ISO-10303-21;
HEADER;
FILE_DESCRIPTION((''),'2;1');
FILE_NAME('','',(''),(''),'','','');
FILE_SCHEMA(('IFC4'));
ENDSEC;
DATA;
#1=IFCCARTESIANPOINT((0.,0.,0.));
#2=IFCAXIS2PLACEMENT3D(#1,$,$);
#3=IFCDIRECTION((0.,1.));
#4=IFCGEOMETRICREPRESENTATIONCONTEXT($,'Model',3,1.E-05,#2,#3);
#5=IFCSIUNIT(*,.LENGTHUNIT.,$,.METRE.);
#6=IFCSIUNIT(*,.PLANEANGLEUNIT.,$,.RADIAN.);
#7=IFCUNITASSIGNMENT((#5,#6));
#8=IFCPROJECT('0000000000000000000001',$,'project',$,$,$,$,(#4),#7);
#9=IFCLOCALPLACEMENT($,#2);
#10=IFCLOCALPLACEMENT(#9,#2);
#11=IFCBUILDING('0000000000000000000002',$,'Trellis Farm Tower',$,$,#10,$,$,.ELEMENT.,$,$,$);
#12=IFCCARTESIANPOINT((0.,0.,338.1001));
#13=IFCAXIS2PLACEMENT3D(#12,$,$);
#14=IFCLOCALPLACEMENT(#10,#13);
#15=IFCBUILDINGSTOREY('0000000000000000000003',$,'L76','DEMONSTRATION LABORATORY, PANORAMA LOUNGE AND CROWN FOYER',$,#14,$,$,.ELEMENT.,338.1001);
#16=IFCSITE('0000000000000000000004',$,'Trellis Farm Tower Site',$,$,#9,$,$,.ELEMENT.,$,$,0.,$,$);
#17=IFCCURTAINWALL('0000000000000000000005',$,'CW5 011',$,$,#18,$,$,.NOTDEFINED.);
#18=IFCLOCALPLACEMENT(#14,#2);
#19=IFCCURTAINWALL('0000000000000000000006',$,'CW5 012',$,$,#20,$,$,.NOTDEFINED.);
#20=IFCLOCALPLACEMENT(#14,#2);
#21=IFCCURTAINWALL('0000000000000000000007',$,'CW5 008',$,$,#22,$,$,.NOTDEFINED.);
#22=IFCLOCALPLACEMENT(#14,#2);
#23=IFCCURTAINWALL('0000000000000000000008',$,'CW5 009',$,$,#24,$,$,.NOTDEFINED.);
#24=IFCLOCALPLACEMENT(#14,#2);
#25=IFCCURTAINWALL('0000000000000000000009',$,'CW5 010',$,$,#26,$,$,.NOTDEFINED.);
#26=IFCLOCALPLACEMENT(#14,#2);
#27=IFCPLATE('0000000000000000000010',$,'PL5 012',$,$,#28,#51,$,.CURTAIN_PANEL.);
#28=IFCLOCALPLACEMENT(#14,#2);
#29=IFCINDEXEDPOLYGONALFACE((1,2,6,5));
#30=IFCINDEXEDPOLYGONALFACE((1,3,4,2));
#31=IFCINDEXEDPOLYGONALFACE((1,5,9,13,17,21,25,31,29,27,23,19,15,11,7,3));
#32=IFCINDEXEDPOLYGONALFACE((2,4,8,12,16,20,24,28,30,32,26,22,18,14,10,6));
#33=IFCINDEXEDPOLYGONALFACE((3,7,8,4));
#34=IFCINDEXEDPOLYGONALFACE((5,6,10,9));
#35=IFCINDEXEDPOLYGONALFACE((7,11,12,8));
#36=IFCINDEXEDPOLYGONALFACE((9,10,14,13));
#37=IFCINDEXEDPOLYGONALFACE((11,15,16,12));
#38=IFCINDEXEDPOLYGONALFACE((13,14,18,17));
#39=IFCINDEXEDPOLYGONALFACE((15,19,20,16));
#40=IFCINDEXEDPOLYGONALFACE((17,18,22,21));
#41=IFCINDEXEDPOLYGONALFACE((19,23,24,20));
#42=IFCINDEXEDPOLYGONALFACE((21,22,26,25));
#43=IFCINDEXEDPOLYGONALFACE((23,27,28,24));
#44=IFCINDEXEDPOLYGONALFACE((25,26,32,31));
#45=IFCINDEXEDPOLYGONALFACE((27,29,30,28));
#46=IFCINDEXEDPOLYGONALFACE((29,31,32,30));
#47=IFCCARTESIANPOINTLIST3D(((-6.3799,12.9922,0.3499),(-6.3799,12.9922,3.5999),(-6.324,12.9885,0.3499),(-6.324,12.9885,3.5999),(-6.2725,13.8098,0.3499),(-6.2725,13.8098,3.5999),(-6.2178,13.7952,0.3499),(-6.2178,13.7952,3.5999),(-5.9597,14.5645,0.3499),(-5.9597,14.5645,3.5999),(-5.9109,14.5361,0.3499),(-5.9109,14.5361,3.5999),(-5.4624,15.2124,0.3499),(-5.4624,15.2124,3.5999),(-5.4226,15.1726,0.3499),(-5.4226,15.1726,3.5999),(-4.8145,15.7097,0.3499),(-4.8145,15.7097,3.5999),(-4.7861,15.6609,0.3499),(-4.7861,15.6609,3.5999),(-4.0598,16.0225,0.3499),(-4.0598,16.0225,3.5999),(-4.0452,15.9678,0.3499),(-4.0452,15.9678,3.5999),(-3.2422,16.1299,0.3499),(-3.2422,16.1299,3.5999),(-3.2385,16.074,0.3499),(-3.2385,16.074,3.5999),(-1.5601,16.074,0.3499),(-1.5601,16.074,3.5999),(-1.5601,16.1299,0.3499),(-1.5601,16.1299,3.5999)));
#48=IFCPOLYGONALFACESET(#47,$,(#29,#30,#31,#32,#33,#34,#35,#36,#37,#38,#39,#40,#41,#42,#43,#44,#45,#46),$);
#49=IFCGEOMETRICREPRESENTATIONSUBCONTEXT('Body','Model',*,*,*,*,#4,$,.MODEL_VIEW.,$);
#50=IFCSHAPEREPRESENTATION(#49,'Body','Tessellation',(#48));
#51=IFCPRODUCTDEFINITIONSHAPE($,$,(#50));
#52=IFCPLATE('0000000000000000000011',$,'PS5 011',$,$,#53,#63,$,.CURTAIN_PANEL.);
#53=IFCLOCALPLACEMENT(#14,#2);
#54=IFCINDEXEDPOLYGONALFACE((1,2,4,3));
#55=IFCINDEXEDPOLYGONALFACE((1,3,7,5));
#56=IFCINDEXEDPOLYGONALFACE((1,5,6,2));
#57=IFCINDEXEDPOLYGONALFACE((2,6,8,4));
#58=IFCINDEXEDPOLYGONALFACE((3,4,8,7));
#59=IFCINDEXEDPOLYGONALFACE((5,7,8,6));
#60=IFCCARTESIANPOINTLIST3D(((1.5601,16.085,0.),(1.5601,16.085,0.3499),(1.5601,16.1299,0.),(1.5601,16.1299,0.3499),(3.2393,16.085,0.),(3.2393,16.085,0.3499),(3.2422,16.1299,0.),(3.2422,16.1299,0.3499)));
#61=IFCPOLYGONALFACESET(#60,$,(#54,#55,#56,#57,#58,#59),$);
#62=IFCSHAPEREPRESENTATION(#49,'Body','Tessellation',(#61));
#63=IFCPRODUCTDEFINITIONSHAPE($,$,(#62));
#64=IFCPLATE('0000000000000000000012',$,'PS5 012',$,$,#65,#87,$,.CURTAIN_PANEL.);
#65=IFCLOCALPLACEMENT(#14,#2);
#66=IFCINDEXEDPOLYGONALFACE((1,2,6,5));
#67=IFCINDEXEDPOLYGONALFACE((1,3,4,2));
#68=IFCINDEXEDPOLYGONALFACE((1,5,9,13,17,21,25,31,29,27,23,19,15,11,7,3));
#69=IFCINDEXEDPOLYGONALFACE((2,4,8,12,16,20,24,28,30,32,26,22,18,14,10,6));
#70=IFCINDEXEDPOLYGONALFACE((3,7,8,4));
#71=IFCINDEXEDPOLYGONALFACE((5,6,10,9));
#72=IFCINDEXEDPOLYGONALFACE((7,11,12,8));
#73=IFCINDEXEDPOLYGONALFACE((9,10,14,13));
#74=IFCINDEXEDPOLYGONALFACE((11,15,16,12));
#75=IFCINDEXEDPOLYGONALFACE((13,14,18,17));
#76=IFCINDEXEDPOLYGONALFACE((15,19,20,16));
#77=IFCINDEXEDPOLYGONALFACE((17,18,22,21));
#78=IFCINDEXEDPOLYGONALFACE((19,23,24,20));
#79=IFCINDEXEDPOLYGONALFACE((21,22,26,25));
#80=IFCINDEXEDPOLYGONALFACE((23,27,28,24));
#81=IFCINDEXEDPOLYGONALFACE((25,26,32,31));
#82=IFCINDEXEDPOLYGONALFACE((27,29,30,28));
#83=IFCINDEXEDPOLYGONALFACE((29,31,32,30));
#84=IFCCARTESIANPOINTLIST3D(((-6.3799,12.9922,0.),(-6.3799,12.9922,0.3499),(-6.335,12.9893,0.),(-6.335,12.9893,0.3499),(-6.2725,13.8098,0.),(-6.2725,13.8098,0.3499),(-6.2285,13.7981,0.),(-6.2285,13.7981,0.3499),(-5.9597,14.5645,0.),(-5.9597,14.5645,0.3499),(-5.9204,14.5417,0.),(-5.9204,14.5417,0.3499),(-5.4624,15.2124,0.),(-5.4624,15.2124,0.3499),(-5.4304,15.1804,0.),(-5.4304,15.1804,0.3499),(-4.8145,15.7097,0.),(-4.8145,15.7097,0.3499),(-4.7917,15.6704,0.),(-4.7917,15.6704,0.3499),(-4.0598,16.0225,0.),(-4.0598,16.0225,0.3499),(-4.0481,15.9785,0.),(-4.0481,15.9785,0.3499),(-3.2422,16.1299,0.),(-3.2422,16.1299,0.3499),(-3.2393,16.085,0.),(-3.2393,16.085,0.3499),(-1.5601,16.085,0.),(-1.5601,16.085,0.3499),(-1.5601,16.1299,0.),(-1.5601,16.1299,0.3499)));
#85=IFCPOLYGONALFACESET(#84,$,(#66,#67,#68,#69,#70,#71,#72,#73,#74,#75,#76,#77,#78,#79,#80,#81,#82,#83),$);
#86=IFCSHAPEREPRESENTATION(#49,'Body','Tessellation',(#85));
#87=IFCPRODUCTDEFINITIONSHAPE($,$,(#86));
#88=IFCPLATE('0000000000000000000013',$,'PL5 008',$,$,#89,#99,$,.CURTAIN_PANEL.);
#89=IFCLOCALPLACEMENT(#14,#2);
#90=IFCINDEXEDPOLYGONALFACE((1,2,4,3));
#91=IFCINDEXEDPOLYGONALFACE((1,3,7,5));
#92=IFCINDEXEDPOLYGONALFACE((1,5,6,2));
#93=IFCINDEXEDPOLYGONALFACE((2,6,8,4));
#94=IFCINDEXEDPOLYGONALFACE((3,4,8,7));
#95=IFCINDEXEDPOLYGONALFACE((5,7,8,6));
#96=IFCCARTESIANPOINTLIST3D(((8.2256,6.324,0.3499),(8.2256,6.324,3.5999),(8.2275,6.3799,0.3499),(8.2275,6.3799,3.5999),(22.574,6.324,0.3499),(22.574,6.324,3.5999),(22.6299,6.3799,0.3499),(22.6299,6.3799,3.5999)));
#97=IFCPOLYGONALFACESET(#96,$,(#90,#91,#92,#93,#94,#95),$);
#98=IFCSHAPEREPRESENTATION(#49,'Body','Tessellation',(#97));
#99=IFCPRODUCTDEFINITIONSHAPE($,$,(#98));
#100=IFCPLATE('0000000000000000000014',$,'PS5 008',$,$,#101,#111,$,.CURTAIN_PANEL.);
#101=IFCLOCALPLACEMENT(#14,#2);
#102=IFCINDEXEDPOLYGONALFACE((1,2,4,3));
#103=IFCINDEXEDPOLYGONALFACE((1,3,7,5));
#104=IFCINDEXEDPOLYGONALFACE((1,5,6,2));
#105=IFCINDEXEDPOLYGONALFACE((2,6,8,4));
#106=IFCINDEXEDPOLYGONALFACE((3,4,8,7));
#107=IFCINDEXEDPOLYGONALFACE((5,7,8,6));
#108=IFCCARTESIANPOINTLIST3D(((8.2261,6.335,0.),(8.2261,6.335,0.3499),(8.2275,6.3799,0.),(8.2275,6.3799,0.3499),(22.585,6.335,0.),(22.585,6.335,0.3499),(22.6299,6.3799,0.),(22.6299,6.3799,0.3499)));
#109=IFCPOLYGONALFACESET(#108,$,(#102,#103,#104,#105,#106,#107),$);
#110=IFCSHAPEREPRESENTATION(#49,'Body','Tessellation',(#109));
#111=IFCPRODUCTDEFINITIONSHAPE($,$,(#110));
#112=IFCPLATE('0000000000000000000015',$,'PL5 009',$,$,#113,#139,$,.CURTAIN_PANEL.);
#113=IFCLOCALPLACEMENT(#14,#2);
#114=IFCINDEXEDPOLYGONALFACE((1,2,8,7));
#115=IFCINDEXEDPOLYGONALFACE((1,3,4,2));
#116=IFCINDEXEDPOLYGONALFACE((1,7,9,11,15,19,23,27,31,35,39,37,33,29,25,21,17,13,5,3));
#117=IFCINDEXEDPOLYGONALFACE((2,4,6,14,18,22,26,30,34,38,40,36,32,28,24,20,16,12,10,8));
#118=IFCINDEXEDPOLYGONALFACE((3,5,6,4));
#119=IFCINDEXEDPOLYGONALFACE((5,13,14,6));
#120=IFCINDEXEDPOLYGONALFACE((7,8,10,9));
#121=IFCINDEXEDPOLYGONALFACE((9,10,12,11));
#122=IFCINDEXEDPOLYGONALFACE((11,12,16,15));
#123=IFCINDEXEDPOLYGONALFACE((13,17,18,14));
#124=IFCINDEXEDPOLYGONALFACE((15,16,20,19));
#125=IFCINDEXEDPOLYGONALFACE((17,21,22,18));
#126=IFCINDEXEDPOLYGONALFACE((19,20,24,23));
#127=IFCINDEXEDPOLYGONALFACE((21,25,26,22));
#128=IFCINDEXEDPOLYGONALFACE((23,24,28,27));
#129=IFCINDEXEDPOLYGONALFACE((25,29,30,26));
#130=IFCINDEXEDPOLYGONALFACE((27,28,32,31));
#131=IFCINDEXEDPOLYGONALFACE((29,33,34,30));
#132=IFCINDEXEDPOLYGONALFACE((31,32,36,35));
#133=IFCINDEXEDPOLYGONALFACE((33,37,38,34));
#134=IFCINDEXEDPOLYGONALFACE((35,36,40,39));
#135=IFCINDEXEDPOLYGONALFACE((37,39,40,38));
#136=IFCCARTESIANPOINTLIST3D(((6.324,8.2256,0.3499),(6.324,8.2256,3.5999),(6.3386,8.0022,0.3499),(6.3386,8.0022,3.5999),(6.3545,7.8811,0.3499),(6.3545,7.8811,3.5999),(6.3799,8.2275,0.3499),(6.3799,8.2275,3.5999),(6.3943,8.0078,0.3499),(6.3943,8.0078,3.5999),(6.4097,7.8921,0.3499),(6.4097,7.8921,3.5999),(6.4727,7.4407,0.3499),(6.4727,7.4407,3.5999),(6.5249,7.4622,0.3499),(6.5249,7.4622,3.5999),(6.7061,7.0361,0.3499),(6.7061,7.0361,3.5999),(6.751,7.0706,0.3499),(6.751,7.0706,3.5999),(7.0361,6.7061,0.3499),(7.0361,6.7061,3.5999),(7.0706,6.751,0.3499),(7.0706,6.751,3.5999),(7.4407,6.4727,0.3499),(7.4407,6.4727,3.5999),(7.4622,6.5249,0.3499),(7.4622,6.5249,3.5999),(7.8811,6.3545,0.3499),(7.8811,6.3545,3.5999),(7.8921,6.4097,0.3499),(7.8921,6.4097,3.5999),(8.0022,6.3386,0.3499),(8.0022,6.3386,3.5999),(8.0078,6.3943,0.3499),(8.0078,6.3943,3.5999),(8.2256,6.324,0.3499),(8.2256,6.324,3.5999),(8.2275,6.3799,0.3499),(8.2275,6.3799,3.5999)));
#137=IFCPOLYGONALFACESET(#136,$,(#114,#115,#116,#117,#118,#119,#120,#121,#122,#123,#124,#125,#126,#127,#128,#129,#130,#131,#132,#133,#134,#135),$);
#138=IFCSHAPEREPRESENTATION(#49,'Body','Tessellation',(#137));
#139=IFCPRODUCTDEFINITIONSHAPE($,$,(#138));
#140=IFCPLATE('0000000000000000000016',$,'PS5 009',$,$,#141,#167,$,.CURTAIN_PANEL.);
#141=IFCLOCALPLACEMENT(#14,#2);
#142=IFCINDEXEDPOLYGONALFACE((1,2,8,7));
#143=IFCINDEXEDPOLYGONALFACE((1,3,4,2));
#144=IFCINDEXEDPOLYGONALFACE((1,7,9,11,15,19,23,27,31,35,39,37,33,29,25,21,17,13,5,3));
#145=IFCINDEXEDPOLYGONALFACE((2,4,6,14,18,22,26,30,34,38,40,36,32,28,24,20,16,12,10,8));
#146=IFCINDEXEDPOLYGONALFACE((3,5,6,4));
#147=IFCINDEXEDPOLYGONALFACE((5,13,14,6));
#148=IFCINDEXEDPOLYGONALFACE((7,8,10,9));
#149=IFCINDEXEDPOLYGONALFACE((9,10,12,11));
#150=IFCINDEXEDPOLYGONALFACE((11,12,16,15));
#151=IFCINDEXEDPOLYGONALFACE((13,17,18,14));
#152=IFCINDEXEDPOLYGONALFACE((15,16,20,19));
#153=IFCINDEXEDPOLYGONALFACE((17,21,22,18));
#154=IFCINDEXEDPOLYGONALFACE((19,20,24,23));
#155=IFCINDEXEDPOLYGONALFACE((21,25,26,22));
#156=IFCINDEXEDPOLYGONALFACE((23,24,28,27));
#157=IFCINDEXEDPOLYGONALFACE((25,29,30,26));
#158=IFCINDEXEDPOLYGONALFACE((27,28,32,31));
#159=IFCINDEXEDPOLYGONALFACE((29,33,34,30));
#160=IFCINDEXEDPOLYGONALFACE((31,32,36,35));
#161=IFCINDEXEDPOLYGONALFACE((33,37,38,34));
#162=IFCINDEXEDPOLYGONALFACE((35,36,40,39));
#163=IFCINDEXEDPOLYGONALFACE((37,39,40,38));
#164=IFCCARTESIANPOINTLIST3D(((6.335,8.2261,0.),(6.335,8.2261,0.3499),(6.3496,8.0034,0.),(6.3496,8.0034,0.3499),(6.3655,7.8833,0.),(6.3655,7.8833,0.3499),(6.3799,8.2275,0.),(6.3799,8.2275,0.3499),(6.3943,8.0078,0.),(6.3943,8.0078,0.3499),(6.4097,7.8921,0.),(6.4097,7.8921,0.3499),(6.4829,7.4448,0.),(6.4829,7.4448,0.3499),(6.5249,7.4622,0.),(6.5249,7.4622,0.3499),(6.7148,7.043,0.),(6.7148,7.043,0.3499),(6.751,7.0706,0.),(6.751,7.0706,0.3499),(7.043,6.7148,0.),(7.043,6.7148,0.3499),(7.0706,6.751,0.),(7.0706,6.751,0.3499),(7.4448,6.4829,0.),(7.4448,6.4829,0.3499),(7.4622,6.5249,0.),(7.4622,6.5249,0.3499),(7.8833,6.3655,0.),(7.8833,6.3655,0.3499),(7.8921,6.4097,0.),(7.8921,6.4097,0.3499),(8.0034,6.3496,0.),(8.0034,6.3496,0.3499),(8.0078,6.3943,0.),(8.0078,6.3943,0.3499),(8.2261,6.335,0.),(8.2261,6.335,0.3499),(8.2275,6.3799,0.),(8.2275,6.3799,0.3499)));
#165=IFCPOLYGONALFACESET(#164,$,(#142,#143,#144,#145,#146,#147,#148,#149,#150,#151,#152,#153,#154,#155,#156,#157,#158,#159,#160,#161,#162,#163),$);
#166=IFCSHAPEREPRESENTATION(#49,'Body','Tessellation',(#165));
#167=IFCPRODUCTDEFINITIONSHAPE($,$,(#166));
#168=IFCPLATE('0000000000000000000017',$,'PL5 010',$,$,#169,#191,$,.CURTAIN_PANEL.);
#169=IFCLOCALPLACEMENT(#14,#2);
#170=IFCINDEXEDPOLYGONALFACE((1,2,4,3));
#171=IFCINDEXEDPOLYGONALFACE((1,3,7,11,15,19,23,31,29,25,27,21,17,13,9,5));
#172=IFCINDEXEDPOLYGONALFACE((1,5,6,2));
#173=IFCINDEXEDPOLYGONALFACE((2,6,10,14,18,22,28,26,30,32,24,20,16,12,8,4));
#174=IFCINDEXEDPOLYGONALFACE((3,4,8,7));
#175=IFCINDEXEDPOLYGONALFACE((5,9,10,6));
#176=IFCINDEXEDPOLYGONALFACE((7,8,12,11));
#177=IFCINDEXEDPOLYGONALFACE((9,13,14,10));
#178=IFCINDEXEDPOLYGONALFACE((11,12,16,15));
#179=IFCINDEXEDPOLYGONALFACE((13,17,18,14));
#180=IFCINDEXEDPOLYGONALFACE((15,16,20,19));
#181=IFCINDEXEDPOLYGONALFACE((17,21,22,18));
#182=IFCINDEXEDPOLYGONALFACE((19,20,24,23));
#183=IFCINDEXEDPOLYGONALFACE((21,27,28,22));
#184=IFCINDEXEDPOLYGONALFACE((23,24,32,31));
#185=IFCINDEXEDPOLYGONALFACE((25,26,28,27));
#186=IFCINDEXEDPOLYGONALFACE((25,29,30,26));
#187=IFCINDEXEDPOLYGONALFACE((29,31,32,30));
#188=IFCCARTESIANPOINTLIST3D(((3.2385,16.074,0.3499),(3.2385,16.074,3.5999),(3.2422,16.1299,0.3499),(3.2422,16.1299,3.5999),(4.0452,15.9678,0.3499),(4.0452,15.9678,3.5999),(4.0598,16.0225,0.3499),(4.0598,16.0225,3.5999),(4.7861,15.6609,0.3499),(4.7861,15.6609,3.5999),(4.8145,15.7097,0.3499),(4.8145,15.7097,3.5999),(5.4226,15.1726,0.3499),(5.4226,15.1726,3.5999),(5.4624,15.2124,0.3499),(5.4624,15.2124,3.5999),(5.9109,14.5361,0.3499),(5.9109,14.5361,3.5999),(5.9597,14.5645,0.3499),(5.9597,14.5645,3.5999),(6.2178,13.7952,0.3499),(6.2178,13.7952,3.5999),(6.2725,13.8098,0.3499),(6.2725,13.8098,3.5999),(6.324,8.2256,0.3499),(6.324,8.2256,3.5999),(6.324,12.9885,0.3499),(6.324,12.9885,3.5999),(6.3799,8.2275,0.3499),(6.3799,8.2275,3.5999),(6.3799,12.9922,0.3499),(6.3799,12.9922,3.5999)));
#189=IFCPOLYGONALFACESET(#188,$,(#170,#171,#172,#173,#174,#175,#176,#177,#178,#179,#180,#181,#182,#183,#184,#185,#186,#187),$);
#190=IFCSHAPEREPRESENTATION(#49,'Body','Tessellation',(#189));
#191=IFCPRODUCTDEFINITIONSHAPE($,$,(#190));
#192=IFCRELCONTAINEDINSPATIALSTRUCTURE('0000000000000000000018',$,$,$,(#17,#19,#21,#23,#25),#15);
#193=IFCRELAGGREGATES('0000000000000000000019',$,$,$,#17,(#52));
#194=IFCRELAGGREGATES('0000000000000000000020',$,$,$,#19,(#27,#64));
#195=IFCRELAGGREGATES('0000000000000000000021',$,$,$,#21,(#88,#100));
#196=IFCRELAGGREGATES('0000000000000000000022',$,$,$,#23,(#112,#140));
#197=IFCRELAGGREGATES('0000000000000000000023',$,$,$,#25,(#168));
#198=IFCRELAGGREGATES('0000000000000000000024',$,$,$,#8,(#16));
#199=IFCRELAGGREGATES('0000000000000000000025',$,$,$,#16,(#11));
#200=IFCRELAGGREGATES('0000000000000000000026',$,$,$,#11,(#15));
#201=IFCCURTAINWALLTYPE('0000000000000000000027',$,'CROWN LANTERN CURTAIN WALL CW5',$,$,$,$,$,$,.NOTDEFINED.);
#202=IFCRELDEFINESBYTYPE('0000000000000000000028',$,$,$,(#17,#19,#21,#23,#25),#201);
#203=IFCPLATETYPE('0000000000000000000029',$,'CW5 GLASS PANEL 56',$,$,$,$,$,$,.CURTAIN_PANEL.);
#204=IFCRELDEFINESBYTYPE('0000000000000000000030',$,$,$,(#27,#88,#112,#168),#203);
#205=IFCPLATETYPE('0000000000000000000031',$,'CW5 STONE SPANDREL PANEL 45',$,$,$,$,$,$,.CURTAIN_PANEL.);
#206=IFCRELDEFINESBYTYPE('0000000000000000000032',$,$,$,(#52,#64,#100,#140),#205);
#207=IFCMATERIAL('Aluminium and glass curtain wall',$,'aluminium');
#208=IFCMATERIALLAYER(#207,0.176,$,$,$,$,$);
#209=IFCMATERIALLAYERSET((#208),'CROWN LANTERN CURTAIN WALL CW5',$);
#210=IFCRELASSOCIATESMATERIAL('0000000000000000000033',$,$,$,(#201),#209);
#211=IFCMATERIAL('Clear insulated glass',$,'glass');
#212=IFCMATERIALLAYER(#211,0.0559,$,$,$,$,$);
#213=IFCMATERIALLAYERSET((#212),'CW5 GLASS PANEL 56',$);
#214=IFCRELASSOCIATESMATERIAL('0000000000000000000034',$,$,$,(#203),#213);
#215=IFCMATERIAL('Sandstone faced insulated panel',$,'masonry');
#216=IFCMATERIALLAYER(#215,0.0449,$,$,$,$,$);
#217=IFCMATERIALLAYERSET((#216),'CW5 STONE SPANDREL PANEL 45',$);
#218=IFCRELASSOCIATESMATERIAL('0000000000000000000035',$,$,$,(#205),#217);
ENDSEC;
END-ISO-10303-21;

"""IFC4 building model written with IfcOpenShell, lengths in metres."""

from ifc_helpers import new_model, si_unit, direction, frame, origin, place, context, subcontext, project, spatial, polyline, outline, extrude, source, transform, mapped, material, layer, layer_set, type_object, element, aggregate, save


model = new_model("IFC4")

# Units and contexts
model_context = context("Model", 3, precision=1e-05, world=origin(), true_north=direction((0.0, 1.0)))
body_context = subcontext(model_context, "Body", "Model", "MODEL_VIEW")
ifc_project = project(units=[si_unit("LENGTHUNIT", "METRE"), si_unit("PLANEANGLEUNIT", "RADIAN")], contexts=[model_context])

# Site, building, storey
site_placement = place(None, origin())
site = spatial("IfcSite", under=ifc_project, at=site_placement, Name="Trellis Farm Tower Site", CompositionType="ELEMENT", RefElevation=0.0)
building_placement = place(site_placement, origin())
building = spatial("IfcBuilding", under=site, at=building_placement, Name="Trellis Farm Tower", CompositionType="ELEMENT")
storey_placement = place(building_placement, frame((0.0, 0.0, 338.1001)))
storey = spatial("IfcBuildingStorey", under=building, at=storey_placement, Name="L76", Description="DEMONSTRATION LABORATORY, PANORAMA LOUNGE AND CROWN FOYER", CompositionType="ELEMENT", Elevation=338.1001)

# Curtain walls
ifc_material_1 = material(Name="Aluminium and glass curtain wall", Category="aluminium")
ifc_layer_1 = layer(ifc_material_1, 0.176)
ifc_layer_set_1 = layer_set([ifc_layer_1], Name="CROWN LANTERN CURTAIN WALL CW5")
curtain_wall_type = type_object("IfcCurtainWallType", Name="CROWN LANTERN CURTAIN WALL CW5", PredefinedType="NOTDEFINED", material=ifc_layer_set_1)
placement_1 = place(storey_placement, origin())
curtain_wall_1 = element("IfcCurtainWall", 1, at=placement_1, inside=storey, type_object=curtain_wall_type, Name="CW5 011", PredefinedType="NOTDEFINED")
curtain_wall_2 = element("IfcCurtainWall", 2, at=placement_1, inside=storey, type_object=curtain_wall_type, Name="CW5 012", PredefinedType="NOTDEFINED")
curtain_wall_3 = element("IfcCurtainWall", 3, at=placement_1, inside=storey, type_object=curtain_wall_type, Name="CW5 008", PredefinedType="NOTDEFINED")
curtain_wall_4 = element("IfcCurtainWall", 4, at=placement_1, inside=storey, type_object=curtain_wall_type, Name="CW5 009", PredefinedType="NOTDEFINED")
curtain_wall_5 = element("IfcCurtainWall", 5, at=placement_1, inside=storey, type_object=curtain_wall_type, Name="CW5 010", PredefinedType="NOTDEFINED")

# Plates
ifc_material_2 = material(Name="Clear insulated glass", Category="glass")
ifc_layer_2 = layer(ifc_material_2, 0.0559)
ifc_layer_set_2 = layer_set([ifc_layer_2], Name="CW5 GLASS PANEL 56")
plate_type_1 = type_object("IfcPlateType", Name="CW5 GLASS PANEL 56", PredefinedType="CURTAIN_PANEL", material=ifc_layer_set_2)
placement_2 = place(storey_placement, frame((0.0, 0.0, 0.3499)))
plate_1 = element("IfcPlate", 6, at=placement_2, type_object=plate_type_1, Name="PL5 012", PredefinedType="CURTAIN_PANEL", context=body_context, shape_type="SweptSolid", body=[
    extrude(outline(polyline([(-1.5601, 16.1299), (-3.2422, 16.1299), (-4.0598, 16.0225), (-4.8145, 15.7097), (-5.4624, 15.2124), (-5.9597, 14.5645), (-6.2725, 13.8098), (-6.3799, 12.9922), (-6.324, 12.9885), (-6.2178, 13.7952), (-5.9109, 14.5361), (-5.4226, 15.1726), (-4.7861, 15.6609), (-4.0452, 15.9678), (-3.2385, 16.074), (-1.5601, 16.074), (-1.5601, 16.1299)])), origin(), (0.0, 0.0, 1.0), 3.25),
])
ifc_material_3 = material(Name="Sandstone faced insulated panel", Category="masonry")
ifc_layer_3 = layer(ifc_material_3, 0.0449)
ifc_layer_set_3 = layer_set([ifc_layer_3], Name="CW5 STONE SPANDREL PANEL 45")
plate_type_2 = type_object("IfcPlateType", Name="CW5 STONE SPANDREL PANEL 45", PredefinedType="CURTAIN_PANEL", material=ifc_layer_set_3)
plate_2 = element("IfcPlate", 7, at=placement_1, type_object=plate_type_2, Name="PS5 011", PredefinedType="CURTAIN_PANEL", context=body_context, shape_type="SweptSolid", body=[
    extrude(outline(polyline([(3.2422, 16.1299), (1.5601, 16.1299), (1.5601, 16.085), (3.2393, 16.085), (3.2422, 16.1299)])), origin(), (0.0, 0.0, 1.0), 0.3499),
])
aggregate(curtain_wall_1, [plate_2])
plate_3 = element("IfcPlate", 8, at=placement_1, type_object=plate_type_2, Name="PS5 012", PredefinedType="CURTAIN_PANEL", context=body_context, shape_type="SweptSolid", body=[
    extrude(outline(polyline([(-1.5601, 16.1299), (-3.2422, 16.1299), (-4.0598, 16.0225), (-4.8145, 15.7097), (-5.4624, 15.2124), (-5.9597, 14.5645), (-6.2725, 13.8098), (-6.3799, 12.9922), (-6.335, 12.9893), (-6.2285, 13.7981), (-5.9204, 14.5417), (-5.4304, 15.1804), (-4.7917, 15.6704), (-4.0481, 15.9785), (-3.2393, 16.085), (-1.5601, 16.085), (-1.5601, 16.1299)])), origin(), (0.0, 0.0, 1.0), 0.3499),
])
aggregate(curtain_wall_2, [plate_1, plate_3])
shared_shape_1 = source(origin(), body_context, "Body", "SweptSolid", [
    extrude(outline(polyline([(22.6299, 6.3799), (8.2275, 6.3799), (8.2256, 6.324), (22.574, 6.324), (22.6299, 6.3799)])), origin(), (0.0, 0.0, 1.0), 3.25),
])
plate_4 = element("IfcPlate", 9, at=placement_2, type_object=plate_type_1, Name="PL5 008", PredefinedType="CURTAIN_PANEL", context=body_context, shape_type="MappedRepresentation", body=[
    mapped(shared_shape_1, transform((0.0, 0.0, 0.0))),
])
shared_shape_2 = source(origin(), body_context, "Body", "SweptSolid", [
    extrude(outline(polyline([(22.6299, 6.3799), (8.2275, 6.3799), (8.2261, 6.335), (22.585, 6.335), (22.6299, 6.3799)])), origin(), (0.0, 0.0, 1.0), 0.3499),
])
plate_5 = element("IfcPlate", 10, at=placement_1, type_object=plate_type_2, Name="PS5 008", PredefinedType="CURTAIN_PANEL", context=body_context, shape_type="MappedRepresentation", body=[
    mapped(shared_shape_2, transform((0.0, 0.0, 0.0))),
])
aggregate(curtain_wall_3, [plate_4, plate_5])
shared_shape_3 = source(origin(), body_context, "Body", "SweptSolid", [
    extrude(outline(polyline([(8.2275, 6.3799), (8.0078, 6.3943), (7.8921, 6.4097), (7.4622, 6.5249), (7.0706, 6.751), (6.751, 7.0706), (6.5249, 7.4622), (6.4097, 7.8921), (6.3943, 8.0078), (6.3799, 8.2275), (6.324, 8.2256), (6.3386, 8.0022), (6.3545, 7.8811), (6.4727, 7.4407), (6.7061, 7.0361), (7.0361, 6.7061), (7.4407, 6.4727), (7.8811, 6.3545), (8.0022, 6.3386), (8.2256, 6.324), (8.2275, 6.3799)])), origin(), (0.0, 0.0, 1.0), 3.25),
])
plate_6 = element("IfcPlate", 11, at=placement_2, type_object=plate_type_1, Name="PL5 009", PredefinedType="CURTAIN_PANEL", context=body_context, shape_type="MappedRepresentation", body=[
    mapped(shared_shape_3, transform((0.0, 0.0, 0.0))),
])
shared_shape_4 = source(origin(), body_context, "Body", "SweptSolid", [
    extrude(outline(polyline([(8.2275, 6.3799), (8.0078, 6.3943), (7.8921, 6.4097), (7.4622, 6.5249), (7.0706, 6.751), (6.751, 7.0706), (6.5249, 7.4622), (6.4097, 7.8921), (6.3943, 8.0078), (6.3799, 8.2275), (6.335, 8.2261), (6.3496, 8.0034), (6.3655, 7.8833), (6.4829, 7.4448), (6.7148, 7.043), (7.043, 6.7148), (7.4448, 6.4829), (7.8833, 6.3655), (8.0034, 6.3496), (8.2261, 6.335), (8.2275, 6.3799)])), origin(), (0.0, 0.0, 1.0), 0.3499),
])
plate_7 = element("IfcPlate", 12, at=placement_1, type_object=plate_type_2, Name="PS5 009", PredefinedType="CURTAIN_PANEL", context=body_context, shape_type="MappedRepresentation", body=[
    mapped(shared_shape_4, transform((0.0, 0.0, 0.0))),
])
aggregate(curtain_wall_4, [plate_6, plate_7])
shared_shape_5 = source(origin(), body_context, "Body", "SweptSolid", [
    extrude(outline(polyline([(6.3799, 8.2275), (6.3799, 12.9922), (6.2725, 13.8098), (5.9597, 14.5645), (5.4624, 15.2124), (4.8145, 15.7097), (4.0598, 16.0225), (3.2422, 16.1299), (3.2385, 16.074), (4.0452, 15.9678), (4.7861, 15.6609), (5.4226, 15.1726), (5.9109, 14.5361), (6.2178, 13.7952), (6.324, 12.9885), (6.324, 8.2256), (6.3799, 8.2275)])), origin(), (0.0, 0.0, 1.0), 3.25),
])
plate_8 = element("IfcPlate", 13, at=placement_2, type_object=plate_type_1, Name="PL5 010", PredefinedType="CURTAIN_PANEL", context=body_context, shape_type="MappedRepresentation", body=[
    mapped(shared_shape_5, transform((0.0, 0.0, 0.0))),
])
aggregate(curtain_wall_5, [plate_8])

save(model, "model.ifc")
